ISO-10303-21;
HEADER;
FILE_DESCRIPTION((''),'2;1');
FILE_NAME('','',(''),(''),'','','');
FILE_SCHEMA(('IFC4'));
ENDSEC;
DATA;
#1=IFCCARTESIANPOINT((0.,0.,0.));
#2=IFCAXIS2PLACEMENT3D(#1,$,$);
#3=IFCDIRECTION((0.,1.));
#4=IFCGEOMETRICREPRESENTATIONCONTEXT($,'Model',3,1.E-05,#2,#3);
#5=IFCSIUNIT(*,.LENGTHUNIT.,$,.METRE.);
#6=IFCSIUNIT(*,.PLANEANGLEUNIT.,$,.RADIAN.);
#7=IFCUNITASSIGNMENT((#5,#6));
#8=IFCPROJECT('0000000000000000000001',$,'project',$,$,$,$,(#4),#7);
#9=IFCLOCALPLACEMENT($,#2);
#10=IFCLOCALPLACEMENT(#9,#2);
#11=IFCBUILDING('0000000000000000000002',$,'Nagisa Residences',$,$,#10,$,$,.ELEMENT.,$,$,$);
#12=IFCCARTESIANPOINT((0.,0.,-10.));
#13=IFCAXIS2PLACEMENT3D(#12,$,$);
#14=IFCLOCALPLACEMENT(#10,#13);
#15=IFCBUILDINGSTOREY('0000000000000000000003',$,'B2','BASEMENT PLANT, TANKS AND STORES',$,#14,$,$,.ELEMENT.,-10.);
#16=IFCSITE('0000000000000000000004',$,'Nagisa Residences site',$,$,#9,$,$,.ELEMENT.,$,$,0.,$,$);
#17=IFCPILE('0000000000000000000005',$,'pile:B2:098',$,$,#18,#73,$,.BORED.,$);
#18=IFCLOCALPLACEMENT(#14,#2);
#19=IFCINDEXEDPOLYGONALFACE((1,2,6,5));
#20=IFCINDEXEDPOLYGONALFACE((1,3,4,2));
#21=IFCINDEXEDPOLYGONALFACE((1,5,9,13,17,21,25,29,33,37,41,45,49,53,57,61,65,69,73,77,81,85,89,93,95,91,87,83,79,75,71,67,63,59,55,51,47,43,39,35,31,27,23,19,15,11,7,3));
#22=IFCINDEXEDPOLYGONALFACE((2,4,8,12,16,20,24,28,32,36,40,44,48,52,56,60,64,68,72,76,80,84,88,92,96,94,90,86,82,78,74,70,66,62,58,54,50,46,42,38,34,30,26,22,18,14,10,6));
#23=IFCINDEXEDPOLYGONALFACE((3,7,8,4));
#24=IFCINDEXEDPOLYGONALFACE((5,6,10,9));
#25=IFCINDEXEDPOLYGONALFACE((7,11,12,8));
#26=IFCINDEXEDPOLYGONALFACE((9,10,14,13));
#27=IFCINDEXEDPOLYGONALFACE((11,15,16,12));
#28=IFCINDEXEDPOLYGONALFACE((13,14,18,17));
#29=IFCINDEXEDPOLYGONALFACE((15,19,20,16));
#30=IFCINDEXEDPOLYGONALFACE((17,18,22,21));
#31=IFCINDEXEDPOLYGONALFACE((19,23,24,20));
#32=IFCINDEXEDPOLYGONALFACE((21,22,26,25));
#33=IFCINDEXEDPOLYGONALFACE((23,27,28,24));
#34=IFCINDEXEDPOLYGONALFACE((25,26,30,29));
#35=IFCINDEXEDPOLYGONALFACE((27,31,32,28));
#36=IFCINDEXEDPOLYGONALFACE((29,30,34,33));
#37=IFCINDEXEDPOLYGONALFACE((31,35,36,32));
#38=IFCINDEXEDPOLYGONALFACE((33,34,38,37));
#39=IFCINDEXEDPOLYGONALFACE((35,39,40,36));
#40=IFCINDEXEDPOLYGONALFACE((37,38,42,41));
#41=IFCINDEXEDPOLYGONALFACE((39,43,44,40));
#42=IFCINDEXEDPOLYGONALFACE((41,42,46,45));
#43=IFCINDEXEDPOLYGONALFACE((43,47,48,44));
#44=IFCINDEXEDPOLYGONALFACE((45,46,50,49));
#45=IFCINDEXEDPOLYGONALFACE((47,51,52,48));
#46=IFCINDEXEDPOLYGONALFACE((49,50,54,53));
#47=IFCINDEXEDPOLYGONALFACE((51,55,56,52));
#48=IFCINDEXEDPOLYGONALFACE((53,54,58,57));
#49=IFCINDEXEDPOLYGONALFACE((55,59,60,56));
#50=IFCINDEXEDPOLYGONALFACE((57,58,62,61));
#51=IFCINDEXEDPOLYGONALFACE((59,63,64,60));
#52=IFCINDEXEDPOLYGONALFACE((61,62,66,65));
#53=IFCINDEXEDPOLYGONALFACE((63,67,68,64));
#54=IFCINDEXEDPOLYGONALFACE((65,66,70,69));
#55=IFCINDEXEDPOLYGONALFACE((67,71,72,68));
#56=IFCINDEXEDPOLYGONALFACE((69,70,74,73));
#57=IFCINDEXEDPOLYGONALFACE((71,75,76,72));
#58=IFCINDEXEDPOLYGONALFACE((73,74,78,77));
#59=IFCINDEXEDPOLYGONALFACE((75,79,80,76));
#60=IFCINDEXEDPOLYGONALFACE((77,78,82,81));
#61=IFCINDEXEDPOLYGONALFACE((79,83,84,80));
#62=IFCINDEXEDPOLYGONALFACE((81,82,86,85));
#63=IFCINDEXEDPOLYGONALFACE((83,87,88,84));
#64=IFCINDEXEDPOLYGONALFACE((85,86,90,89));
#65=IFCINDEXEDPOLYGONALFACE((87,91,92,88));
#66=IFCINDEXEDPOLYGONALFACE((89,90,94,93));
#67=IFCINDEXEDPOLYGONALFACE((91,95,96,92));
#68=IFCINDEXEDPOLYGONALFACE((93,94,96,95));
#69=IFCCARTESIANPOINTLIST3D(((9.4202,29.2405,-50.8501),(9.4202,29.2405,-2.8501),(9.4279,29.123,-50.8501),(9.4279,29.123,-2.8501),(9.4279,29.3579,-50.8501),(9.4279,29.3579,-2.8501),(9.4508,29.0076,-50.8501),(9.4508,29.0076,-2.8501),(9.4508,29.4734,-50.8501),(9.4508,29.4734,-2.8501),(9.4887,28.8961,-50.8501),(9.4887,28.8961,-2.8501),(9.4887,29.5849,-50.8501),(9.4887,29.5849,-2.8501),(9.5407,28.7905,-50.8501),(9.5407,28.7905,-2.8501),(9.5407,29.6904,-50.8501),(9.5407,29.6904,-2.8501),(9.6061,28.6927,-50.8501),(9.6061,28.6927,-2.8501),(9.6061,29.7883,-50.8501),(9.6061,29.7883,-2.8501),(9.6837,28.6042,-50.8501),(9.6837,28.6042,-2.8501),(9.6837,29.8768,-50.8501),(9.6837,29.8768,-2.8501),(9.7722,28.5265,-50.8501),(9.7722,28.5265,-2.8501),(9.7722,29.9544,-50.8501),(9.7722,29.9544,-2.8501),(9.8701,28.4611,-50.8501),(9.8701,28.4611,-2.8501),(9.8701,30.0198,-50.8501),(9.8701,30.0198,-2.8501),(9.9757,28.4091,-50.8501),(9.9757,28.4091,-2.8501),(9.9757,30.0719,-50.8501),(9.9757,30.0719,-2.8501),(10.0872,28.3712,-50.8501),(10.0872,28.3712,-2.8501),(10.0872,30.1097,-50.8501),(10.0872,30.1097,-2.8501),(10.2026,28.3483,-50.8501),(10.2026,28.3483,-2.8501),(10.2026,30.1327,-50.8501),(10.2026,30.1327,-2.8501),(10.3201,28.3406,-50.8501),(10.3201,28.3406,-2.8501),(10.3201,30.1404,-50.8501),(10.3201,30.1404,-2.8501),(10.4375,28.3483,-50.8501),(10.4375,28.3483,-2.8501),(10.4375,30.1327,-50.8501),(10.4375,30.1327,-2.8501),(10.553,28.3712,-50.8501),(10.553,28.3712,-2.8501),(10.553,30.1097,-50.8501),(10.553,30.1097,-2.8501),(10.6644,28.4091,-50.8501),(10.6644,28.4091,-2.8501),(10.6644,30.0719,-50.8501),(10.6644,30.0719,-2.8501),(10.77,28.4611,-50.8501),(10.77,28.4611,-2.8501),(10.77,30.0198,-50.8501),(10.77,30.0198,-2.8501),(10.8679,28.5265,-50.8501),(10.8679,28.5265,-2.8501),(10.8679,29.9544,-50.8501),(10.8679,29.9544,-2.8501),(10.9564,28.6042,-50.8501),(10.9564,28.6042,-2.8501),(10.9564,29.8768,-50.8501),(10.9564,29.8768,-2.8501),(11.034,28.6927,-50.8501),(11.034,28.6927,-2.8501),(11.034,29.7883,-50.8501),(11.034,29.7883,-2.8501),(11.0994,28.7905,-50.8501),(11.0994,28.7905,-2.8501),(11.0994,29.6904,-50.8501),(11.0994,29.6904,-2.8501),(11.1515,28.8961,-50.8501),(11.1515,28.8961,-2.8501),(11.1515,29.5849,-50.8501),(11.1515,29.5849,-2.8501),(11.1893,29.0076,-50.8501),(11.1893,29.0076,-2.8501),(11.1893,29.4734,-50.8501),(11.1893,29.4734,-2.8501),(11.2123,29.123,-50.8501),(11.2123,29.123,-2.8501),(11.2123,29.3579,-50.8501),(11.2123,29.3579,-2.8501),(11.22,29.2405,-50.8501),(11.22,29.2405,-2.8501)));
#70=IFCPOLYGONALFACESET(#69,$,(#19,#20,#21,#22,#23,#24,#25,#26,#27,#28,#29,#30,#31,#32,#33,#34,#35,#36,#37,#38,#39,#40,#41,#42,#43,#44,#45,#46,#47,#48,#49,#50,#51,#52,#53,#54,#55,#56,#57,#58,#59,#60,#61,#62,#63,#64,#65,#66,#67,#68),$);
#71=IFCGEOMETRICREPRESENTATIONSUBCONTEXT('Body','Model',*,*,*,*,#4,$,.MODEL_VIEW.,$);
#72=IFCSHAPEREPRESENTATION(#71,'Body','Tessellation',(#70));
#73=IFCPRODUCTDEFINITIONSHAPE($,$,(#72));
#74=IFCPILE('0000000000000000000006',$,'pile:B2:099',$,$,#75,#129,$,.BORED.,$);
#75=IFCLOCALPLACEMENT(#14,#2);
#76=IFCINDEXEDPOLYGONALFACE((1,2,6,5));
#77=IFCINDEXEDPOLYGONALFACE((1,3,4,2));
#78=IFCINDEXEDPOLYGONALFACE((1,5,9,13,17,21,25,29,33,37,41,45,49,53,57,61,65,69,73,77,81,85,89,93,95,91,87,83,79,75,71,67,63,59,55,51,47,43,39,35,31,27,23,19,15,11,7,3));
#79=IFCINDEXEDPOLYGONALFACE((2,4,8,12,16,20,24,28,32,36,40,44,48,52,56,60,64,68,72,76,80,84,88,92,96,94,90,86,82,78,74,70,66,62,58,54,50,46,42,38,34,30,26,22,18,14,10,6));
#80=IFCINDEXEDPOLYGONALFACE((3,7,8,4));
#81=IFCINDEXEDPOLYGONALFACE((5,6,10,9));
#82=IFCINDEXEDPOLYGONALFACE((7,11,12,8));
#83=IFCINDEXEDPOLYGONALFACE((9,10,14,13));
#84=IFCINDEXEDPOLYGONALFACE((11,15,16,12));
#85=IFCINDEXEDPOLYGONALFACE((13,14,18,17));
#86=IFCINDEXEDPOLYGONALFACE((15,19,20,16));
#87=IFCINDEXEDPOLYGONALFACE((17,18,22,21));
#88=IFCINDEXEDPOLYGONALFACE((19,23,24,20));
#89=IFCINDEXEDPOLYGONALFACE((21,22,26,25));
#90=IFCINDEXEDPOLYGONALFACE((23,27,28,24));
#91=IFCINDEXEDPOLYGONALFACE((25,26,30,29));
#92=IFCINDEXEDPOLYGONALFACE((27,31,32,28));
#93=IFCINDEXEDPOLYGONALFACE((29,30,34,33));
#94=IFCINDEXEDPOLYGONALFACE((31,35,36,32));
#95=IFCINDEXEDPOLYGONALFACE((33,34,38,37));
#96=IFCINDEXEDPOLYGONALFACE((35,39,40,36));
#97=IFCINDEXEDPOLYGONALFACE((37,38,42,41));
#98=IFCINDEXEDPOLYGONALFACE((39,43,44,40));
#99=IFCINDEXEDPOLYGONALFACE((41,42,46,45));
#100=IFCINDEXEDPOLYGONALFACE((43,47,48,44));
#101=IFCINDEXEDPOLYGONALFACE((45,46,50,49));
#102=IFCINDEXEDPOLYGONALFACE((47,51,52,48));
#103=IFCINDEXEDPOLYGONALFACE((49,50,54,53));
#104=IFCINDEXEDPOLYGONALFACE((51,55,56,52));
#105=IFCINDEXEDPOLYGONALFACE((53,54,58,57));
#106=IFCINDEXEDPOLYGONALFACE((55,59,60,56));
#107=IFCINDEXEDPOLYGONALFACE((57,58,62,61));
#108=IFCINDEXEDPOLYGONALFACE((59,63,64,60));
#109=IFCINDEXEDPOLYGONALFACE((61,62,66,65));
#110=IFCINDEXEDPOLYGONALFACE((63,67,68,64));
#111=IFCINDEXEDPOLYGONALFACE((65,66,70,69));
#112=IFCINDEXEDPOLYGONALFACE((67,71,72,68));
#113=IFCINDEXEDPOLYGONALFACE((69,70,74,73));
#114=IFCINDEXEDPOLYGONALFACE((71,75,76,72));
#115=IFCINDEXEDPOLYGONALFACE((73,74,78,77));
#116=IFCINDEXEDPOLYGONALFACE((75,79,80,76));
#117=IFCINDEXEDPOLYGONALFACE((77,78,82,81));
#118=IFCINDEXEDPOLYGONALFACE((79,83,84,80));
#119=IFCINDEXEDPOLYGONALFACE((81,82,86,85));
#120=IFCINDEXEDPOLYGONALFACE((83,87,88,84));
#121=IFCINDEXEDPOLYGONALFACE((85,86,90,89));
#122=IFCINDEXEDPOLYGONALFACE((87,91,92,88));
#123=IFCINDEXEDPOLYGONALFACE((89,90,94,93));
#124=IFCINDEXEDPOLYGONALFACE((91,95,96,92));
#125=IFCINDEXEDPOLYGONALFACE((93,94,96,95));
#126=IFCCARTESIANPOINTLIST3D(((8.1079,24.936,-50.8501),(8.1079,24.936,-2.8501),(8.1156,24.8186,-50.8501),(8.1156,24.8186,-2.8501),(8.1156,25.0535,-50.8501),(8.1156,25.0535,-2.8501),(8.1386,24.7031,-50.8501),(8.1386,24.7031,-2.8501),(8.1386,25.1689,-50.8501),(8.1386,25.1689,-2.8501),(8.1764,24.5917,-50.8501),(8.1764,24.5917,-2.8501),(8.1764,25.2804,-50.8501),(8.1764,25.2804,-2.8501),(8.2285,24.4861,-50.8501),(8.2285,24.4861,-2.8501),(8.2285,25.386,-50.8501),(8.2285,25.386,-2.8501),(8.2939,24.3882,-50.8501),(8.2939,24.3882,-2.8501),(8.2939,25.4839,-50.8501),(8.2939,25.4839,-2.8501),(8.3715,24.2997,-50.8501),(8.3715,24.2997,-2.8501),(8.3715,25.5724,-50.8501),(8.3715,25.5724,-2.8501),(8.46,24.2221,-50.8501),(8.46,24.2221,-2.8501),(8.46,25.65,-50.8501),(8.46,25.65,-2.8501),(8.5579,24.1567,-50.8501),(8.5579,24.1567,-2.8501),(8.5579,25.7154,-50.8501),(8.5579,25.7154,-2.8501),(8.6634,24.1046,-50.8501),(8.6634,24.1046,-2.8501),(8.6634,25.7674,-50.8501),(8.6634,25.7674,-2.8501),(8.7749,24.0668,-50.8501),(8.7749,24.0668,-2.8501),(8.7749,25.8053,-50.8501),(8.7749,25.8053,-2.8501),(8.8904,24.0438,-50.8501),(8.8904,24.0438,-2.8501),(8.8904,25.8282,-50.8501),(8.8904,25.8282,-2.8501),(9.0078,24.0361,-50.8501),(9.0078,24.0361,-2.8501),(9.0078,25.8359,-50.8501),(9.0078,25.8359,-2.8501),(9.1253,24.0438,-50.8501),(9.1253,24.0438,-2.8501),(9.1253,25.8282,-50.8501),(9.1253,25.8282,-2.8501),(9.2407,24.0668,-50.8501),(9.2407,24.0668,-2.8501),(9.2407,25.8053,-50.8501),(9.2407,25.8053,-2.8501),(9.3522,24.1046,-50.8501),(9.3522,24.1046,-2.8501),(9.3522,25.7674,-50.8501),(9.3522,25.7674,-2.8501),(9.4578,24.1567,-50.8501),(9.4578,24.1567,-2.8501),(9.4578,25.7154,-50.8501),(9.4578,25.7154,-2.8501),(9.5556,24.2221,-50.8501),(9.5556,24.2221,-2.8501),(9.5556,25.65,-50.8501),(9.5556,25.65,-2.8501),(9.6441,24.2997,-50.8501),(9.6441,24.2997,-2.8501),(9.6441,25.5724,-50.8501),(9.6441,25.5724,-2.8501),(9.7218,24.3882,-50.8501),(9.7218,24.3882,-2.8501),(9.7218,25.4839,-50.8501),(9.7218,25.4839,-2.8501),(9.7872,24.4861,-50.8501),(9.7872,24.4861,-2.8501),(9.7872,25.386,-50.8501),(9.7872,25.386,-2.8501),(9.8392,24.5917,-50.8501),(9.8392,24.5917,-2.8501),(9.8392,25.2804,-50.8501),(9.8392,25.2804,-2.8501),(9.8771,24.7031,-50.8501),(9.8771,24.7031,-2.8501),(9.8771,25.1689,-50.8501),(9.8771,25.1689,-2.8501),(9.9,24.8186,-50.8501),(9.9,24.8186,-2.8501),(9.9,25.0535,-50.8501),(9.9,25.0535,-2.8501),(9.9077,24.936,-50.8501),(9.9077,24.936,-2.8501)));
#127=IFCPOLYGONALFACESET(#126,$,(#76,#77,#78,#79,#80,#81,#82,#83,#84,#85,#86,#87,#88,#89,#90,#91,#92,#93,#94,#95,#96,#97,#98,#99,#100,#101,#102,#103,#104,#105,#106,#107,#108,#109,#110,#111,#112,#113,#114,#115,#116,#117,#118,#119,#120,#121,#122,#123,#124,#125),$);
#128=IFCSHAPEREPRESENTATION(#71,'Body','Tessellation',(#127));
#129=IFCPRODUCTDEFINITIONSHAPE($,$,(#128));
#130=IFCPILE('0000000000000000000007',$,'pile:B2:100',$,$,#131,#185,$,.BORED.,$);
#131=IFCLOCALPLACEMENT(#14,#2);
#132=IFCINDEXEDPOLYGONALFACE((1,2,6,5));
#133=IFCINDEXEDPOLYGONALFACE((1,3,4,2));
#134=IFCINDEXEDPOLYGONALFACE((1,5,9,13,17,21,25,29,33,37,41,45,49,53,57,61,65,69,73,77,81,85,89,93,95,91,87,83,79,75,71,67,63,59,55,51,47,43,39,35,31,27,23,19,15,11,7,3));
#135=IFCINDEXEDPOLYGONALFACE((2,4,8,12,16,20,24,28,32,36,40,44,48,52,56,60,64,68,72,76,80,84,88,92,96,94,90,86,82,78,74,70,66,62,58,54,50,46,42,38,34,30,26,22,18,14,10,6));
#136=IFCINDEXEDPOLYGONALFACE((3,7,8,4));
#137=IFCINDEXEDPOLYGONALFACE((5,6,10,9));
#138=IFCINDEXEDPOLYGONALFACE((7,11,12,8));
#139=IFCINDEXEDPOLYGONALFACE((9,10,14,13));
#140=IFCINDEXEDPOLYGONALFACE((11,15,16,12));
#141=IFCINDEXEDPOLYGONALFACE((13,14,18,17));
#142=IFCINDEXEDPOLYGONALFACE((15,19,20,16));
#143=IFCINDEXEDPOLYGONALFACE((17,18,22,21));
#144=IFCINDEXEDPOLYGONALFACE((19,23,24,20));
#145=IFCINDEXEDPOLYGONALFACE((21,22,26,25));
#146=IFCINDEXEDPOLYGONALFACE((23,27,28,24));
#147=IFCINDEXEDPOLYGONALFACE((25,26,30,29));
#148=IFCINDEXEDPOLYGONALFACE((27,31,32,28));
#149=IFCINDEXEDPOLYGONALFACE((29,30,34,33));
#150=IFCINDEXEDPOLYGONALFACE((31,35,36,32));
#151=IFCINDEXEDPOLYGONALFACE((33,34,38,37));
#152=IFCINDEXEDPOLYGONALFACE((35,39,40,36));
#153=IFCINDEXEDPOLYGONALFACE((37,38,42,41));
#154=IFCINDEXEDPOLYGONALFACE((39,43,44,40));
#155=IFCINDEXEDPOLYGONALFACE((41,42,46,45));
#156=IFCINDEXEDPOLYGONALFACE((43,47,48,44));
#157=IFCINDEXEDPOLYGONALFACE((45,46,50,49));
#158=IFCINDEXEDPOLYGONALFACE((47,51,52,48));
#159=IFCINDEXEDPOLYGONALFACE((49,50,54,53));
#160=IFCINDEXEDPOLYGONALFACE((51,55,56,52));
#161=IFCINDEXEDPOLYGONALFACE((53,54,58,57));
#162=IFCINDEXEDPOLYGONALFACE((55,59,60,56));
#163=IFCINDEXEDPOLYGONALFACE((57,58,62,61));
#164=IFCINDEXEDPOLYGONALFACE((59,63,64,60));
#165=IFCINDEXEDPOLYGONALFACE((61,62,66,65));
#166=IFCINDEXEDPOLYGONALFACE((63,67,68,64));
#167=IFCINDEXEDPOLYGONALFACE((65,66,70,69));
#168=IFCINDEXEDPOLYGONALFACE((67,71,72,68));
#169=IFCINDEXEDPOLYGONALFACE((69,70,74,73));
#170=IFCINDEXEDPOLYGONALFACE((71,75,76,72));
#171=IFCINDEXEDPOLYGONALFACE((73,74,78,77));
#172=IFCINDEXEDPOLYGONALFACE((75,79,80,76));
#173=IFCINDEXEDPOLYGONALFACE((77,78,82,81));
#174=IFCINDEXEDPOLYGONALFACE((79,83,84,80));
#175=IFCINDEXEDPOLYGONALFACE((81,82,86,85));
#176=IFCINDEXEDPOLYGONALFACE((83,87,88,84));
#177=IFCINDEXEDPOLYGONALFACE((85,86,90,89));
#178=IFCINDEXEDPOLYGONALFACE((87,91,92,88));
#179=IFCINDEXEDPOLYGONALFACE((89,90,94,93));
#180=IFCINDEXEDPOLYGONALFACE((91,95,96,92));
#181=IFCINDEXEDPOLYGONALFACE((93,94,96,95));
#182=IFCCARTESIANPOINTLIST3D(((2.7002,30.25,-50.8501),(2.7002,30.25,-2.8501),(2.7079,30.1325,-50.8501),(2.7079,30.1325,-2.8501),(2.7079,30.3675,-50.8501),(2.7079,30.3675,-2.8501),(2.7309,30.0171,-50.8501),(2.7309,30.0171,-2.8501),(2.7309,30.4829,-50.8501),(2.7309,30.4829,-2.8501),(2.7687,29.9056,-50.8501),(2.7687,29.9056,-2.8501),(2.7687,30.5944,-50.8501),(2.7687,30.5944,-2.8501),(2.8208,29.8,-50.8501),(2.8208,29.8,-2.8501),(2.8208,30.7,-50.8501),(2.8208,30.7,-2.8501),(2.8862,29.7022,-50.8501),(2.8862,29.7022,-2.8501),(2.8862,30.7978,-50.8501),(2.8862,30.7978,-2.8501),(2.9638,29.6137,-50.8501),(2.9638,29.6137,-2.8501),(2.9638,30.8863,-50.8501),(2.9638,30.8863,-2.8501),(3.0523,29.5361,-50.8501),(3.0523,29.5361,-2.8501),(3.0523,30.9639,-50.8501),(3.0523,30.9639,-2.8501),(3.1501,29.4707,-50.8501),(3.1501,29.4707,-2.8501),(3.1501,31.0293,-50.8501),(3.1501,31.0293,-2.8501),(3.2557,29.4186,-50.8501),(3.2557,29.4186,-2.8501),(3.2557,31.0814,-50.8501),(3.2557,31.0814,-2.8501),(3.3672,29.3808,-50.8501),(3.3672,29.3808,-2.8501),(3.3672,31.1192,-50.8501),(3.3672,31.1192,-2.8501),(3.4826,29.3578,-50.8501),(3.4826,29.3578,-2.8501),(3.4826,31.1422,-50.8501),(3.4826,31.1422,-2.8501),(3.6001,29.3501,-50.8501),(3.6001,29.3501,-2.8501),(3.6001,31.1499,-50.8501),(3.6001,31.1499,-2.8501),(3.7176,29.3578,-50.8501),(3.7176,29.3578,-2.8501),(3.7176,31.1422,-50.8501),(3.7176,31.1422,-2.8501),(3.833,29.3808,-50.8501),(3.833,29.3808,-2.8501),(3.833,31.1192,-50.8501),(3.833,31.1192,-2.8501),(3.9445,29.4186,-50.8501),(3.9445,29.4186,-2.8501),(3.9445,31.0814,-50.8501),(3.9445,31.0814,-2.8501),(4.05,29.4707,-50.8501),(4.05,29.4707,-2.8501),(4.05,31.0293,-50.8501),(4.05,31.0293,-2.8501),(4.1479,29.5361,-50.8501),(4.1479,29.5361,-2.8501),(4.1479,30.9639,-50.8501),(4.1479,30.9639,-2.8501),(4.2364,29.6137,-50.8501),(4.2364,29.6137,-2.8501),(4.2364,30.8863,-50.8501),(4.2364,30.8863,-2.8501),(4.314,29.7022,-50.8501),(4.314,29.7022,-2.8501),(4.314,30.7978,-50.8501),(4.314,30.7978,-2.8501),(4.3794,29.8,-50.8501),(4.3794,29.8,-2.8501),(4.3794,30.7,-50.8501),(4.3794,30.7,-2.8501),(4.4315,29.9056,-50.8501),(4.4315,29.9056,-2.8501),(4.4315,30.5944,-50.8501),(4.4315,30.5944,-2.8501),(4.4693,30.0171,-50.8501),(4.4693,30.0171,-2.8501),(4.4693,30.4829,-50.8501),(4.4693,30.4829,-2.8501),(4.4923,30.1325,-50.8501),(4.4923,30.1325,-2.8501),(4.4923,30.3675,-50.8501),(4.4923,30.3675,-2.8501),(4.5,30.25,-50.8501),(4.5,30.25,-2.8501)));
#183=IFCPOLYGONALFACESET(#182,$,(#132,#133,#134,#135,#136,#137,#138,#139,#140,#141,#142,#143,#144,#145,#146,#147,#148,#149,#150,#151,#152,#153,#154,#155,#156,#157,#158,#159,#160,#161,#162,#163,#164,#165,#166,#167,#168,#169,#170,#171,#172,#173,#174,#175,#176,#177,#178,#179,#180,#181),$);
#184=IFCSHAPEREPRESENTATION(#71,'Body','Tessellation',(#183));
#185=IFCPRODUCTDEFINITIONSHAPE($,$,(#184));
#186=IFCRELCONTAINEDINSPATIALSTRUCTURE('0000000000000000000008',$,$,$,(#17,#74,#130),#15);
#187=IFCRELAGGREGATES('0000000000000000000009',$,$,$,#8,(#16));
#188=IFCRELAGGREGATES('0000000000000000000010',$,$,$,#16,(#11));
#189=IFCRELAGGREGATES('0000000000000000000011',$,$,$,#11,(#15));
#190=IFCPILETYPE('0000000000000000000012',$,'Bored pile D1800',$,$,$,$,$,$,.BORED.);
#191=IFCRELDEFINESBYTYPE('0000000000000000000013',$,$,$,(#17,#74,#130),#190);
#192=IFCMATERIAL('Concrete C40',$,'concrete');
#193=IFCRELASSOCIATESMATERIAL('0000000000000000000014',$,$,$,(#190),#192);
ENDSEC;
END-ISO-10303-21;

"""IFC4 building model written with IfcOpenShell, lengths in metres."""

from ifc_helpers import new_model, si_unit, direction, frame, origin, origin_2d, place, context, subcontext, project, spatial, circle, extrude, material, material_profile, profile_set, type_object, element, save


model = new_model("IFC4")

# Units and contexts
model_context = context("Model", 3, precision=1e-05, world=origin(), true_north=direction((0.0, 1.0)))
body_context = subcontext(model_context, "Body", "Model", "MODEL_VIEW")
ifc_project = project(units=[si_unit("LENGTHUNIT", "METRE"), si_unit("PLANEANGLEUNIT", "RADIAN")], contexts=[model_context])

# Site, building, storey
site_placement = place(None, origin())
site = spatial("IfcSite", under=ifc_project, at=site_placement, Name="Nagisa Residences site", CompositionType="ELEMENT", RefElevation=0.0)
building_placement = place(site_placement, origin())
building = spatial("IfcBuilding", under=site, at=building_placement, Name="Nagisa Residences", CompositionType="ELEMENT")
storey_placement = place(building_placement, frame((0.0, 0.0, -10.0)))
storey = spatial("IfcBuildingStorey", under=building, at=storey_placement, Name="B2", Description="BASEMENT PLANT, TANKS AND STORES", CompositionType="ELEMENT", Elevation=-10.0)

# Piles
ifc_material_1 = material(Name="Concrete C40", Category="concrete")
ifc_material_profile_1 = material_profile(ifc_material_1, circle(Radius=0.8999, at=origin_2d()), Name="Bored pile D1800")
ifc_profile_set_1 = profile_set([ifc_material_profile_1], Name="Concrete C40")
pile_type = type_object("IfcPileType", Name="Bored pile D1800", PredefinedType="BORED", material=ifc_profile_set_1)
for number, where, z_axis, x_axis, name in (
    (1, (10.3201, 29.2405, -2.8501), (0.0, 0.0, -1.0), (1.0, 0.0, 0.0), "pile:B2:098"),
    (2, (9.0078, 24.936, -2.8501), (0.0, 0.0, -1.0), (1.0, 0.0, 0.0), "pile:B2:099"),
    (3, (3.6001, 30.25, -2.8501), (0.0, 0.0, -1.0), (1.0, 0.0, 0.0), "pile:B2:100"),
):
    element("IfcPile", number, at=place(storey_placement, frame(where, z_axis=z_axis, x_axis=x_axis)), inside=storey, type_object=pile_type, Name=name, PredefinedType="BORED", context=body_context, shape_type="SweptSolid", body=[
        extrude(circle(Radius=0.8999, at=origin_2d()), origin(), (0.0, 0.0, 1.0), 48.0),
    ])

save(model, "model.ifc")
